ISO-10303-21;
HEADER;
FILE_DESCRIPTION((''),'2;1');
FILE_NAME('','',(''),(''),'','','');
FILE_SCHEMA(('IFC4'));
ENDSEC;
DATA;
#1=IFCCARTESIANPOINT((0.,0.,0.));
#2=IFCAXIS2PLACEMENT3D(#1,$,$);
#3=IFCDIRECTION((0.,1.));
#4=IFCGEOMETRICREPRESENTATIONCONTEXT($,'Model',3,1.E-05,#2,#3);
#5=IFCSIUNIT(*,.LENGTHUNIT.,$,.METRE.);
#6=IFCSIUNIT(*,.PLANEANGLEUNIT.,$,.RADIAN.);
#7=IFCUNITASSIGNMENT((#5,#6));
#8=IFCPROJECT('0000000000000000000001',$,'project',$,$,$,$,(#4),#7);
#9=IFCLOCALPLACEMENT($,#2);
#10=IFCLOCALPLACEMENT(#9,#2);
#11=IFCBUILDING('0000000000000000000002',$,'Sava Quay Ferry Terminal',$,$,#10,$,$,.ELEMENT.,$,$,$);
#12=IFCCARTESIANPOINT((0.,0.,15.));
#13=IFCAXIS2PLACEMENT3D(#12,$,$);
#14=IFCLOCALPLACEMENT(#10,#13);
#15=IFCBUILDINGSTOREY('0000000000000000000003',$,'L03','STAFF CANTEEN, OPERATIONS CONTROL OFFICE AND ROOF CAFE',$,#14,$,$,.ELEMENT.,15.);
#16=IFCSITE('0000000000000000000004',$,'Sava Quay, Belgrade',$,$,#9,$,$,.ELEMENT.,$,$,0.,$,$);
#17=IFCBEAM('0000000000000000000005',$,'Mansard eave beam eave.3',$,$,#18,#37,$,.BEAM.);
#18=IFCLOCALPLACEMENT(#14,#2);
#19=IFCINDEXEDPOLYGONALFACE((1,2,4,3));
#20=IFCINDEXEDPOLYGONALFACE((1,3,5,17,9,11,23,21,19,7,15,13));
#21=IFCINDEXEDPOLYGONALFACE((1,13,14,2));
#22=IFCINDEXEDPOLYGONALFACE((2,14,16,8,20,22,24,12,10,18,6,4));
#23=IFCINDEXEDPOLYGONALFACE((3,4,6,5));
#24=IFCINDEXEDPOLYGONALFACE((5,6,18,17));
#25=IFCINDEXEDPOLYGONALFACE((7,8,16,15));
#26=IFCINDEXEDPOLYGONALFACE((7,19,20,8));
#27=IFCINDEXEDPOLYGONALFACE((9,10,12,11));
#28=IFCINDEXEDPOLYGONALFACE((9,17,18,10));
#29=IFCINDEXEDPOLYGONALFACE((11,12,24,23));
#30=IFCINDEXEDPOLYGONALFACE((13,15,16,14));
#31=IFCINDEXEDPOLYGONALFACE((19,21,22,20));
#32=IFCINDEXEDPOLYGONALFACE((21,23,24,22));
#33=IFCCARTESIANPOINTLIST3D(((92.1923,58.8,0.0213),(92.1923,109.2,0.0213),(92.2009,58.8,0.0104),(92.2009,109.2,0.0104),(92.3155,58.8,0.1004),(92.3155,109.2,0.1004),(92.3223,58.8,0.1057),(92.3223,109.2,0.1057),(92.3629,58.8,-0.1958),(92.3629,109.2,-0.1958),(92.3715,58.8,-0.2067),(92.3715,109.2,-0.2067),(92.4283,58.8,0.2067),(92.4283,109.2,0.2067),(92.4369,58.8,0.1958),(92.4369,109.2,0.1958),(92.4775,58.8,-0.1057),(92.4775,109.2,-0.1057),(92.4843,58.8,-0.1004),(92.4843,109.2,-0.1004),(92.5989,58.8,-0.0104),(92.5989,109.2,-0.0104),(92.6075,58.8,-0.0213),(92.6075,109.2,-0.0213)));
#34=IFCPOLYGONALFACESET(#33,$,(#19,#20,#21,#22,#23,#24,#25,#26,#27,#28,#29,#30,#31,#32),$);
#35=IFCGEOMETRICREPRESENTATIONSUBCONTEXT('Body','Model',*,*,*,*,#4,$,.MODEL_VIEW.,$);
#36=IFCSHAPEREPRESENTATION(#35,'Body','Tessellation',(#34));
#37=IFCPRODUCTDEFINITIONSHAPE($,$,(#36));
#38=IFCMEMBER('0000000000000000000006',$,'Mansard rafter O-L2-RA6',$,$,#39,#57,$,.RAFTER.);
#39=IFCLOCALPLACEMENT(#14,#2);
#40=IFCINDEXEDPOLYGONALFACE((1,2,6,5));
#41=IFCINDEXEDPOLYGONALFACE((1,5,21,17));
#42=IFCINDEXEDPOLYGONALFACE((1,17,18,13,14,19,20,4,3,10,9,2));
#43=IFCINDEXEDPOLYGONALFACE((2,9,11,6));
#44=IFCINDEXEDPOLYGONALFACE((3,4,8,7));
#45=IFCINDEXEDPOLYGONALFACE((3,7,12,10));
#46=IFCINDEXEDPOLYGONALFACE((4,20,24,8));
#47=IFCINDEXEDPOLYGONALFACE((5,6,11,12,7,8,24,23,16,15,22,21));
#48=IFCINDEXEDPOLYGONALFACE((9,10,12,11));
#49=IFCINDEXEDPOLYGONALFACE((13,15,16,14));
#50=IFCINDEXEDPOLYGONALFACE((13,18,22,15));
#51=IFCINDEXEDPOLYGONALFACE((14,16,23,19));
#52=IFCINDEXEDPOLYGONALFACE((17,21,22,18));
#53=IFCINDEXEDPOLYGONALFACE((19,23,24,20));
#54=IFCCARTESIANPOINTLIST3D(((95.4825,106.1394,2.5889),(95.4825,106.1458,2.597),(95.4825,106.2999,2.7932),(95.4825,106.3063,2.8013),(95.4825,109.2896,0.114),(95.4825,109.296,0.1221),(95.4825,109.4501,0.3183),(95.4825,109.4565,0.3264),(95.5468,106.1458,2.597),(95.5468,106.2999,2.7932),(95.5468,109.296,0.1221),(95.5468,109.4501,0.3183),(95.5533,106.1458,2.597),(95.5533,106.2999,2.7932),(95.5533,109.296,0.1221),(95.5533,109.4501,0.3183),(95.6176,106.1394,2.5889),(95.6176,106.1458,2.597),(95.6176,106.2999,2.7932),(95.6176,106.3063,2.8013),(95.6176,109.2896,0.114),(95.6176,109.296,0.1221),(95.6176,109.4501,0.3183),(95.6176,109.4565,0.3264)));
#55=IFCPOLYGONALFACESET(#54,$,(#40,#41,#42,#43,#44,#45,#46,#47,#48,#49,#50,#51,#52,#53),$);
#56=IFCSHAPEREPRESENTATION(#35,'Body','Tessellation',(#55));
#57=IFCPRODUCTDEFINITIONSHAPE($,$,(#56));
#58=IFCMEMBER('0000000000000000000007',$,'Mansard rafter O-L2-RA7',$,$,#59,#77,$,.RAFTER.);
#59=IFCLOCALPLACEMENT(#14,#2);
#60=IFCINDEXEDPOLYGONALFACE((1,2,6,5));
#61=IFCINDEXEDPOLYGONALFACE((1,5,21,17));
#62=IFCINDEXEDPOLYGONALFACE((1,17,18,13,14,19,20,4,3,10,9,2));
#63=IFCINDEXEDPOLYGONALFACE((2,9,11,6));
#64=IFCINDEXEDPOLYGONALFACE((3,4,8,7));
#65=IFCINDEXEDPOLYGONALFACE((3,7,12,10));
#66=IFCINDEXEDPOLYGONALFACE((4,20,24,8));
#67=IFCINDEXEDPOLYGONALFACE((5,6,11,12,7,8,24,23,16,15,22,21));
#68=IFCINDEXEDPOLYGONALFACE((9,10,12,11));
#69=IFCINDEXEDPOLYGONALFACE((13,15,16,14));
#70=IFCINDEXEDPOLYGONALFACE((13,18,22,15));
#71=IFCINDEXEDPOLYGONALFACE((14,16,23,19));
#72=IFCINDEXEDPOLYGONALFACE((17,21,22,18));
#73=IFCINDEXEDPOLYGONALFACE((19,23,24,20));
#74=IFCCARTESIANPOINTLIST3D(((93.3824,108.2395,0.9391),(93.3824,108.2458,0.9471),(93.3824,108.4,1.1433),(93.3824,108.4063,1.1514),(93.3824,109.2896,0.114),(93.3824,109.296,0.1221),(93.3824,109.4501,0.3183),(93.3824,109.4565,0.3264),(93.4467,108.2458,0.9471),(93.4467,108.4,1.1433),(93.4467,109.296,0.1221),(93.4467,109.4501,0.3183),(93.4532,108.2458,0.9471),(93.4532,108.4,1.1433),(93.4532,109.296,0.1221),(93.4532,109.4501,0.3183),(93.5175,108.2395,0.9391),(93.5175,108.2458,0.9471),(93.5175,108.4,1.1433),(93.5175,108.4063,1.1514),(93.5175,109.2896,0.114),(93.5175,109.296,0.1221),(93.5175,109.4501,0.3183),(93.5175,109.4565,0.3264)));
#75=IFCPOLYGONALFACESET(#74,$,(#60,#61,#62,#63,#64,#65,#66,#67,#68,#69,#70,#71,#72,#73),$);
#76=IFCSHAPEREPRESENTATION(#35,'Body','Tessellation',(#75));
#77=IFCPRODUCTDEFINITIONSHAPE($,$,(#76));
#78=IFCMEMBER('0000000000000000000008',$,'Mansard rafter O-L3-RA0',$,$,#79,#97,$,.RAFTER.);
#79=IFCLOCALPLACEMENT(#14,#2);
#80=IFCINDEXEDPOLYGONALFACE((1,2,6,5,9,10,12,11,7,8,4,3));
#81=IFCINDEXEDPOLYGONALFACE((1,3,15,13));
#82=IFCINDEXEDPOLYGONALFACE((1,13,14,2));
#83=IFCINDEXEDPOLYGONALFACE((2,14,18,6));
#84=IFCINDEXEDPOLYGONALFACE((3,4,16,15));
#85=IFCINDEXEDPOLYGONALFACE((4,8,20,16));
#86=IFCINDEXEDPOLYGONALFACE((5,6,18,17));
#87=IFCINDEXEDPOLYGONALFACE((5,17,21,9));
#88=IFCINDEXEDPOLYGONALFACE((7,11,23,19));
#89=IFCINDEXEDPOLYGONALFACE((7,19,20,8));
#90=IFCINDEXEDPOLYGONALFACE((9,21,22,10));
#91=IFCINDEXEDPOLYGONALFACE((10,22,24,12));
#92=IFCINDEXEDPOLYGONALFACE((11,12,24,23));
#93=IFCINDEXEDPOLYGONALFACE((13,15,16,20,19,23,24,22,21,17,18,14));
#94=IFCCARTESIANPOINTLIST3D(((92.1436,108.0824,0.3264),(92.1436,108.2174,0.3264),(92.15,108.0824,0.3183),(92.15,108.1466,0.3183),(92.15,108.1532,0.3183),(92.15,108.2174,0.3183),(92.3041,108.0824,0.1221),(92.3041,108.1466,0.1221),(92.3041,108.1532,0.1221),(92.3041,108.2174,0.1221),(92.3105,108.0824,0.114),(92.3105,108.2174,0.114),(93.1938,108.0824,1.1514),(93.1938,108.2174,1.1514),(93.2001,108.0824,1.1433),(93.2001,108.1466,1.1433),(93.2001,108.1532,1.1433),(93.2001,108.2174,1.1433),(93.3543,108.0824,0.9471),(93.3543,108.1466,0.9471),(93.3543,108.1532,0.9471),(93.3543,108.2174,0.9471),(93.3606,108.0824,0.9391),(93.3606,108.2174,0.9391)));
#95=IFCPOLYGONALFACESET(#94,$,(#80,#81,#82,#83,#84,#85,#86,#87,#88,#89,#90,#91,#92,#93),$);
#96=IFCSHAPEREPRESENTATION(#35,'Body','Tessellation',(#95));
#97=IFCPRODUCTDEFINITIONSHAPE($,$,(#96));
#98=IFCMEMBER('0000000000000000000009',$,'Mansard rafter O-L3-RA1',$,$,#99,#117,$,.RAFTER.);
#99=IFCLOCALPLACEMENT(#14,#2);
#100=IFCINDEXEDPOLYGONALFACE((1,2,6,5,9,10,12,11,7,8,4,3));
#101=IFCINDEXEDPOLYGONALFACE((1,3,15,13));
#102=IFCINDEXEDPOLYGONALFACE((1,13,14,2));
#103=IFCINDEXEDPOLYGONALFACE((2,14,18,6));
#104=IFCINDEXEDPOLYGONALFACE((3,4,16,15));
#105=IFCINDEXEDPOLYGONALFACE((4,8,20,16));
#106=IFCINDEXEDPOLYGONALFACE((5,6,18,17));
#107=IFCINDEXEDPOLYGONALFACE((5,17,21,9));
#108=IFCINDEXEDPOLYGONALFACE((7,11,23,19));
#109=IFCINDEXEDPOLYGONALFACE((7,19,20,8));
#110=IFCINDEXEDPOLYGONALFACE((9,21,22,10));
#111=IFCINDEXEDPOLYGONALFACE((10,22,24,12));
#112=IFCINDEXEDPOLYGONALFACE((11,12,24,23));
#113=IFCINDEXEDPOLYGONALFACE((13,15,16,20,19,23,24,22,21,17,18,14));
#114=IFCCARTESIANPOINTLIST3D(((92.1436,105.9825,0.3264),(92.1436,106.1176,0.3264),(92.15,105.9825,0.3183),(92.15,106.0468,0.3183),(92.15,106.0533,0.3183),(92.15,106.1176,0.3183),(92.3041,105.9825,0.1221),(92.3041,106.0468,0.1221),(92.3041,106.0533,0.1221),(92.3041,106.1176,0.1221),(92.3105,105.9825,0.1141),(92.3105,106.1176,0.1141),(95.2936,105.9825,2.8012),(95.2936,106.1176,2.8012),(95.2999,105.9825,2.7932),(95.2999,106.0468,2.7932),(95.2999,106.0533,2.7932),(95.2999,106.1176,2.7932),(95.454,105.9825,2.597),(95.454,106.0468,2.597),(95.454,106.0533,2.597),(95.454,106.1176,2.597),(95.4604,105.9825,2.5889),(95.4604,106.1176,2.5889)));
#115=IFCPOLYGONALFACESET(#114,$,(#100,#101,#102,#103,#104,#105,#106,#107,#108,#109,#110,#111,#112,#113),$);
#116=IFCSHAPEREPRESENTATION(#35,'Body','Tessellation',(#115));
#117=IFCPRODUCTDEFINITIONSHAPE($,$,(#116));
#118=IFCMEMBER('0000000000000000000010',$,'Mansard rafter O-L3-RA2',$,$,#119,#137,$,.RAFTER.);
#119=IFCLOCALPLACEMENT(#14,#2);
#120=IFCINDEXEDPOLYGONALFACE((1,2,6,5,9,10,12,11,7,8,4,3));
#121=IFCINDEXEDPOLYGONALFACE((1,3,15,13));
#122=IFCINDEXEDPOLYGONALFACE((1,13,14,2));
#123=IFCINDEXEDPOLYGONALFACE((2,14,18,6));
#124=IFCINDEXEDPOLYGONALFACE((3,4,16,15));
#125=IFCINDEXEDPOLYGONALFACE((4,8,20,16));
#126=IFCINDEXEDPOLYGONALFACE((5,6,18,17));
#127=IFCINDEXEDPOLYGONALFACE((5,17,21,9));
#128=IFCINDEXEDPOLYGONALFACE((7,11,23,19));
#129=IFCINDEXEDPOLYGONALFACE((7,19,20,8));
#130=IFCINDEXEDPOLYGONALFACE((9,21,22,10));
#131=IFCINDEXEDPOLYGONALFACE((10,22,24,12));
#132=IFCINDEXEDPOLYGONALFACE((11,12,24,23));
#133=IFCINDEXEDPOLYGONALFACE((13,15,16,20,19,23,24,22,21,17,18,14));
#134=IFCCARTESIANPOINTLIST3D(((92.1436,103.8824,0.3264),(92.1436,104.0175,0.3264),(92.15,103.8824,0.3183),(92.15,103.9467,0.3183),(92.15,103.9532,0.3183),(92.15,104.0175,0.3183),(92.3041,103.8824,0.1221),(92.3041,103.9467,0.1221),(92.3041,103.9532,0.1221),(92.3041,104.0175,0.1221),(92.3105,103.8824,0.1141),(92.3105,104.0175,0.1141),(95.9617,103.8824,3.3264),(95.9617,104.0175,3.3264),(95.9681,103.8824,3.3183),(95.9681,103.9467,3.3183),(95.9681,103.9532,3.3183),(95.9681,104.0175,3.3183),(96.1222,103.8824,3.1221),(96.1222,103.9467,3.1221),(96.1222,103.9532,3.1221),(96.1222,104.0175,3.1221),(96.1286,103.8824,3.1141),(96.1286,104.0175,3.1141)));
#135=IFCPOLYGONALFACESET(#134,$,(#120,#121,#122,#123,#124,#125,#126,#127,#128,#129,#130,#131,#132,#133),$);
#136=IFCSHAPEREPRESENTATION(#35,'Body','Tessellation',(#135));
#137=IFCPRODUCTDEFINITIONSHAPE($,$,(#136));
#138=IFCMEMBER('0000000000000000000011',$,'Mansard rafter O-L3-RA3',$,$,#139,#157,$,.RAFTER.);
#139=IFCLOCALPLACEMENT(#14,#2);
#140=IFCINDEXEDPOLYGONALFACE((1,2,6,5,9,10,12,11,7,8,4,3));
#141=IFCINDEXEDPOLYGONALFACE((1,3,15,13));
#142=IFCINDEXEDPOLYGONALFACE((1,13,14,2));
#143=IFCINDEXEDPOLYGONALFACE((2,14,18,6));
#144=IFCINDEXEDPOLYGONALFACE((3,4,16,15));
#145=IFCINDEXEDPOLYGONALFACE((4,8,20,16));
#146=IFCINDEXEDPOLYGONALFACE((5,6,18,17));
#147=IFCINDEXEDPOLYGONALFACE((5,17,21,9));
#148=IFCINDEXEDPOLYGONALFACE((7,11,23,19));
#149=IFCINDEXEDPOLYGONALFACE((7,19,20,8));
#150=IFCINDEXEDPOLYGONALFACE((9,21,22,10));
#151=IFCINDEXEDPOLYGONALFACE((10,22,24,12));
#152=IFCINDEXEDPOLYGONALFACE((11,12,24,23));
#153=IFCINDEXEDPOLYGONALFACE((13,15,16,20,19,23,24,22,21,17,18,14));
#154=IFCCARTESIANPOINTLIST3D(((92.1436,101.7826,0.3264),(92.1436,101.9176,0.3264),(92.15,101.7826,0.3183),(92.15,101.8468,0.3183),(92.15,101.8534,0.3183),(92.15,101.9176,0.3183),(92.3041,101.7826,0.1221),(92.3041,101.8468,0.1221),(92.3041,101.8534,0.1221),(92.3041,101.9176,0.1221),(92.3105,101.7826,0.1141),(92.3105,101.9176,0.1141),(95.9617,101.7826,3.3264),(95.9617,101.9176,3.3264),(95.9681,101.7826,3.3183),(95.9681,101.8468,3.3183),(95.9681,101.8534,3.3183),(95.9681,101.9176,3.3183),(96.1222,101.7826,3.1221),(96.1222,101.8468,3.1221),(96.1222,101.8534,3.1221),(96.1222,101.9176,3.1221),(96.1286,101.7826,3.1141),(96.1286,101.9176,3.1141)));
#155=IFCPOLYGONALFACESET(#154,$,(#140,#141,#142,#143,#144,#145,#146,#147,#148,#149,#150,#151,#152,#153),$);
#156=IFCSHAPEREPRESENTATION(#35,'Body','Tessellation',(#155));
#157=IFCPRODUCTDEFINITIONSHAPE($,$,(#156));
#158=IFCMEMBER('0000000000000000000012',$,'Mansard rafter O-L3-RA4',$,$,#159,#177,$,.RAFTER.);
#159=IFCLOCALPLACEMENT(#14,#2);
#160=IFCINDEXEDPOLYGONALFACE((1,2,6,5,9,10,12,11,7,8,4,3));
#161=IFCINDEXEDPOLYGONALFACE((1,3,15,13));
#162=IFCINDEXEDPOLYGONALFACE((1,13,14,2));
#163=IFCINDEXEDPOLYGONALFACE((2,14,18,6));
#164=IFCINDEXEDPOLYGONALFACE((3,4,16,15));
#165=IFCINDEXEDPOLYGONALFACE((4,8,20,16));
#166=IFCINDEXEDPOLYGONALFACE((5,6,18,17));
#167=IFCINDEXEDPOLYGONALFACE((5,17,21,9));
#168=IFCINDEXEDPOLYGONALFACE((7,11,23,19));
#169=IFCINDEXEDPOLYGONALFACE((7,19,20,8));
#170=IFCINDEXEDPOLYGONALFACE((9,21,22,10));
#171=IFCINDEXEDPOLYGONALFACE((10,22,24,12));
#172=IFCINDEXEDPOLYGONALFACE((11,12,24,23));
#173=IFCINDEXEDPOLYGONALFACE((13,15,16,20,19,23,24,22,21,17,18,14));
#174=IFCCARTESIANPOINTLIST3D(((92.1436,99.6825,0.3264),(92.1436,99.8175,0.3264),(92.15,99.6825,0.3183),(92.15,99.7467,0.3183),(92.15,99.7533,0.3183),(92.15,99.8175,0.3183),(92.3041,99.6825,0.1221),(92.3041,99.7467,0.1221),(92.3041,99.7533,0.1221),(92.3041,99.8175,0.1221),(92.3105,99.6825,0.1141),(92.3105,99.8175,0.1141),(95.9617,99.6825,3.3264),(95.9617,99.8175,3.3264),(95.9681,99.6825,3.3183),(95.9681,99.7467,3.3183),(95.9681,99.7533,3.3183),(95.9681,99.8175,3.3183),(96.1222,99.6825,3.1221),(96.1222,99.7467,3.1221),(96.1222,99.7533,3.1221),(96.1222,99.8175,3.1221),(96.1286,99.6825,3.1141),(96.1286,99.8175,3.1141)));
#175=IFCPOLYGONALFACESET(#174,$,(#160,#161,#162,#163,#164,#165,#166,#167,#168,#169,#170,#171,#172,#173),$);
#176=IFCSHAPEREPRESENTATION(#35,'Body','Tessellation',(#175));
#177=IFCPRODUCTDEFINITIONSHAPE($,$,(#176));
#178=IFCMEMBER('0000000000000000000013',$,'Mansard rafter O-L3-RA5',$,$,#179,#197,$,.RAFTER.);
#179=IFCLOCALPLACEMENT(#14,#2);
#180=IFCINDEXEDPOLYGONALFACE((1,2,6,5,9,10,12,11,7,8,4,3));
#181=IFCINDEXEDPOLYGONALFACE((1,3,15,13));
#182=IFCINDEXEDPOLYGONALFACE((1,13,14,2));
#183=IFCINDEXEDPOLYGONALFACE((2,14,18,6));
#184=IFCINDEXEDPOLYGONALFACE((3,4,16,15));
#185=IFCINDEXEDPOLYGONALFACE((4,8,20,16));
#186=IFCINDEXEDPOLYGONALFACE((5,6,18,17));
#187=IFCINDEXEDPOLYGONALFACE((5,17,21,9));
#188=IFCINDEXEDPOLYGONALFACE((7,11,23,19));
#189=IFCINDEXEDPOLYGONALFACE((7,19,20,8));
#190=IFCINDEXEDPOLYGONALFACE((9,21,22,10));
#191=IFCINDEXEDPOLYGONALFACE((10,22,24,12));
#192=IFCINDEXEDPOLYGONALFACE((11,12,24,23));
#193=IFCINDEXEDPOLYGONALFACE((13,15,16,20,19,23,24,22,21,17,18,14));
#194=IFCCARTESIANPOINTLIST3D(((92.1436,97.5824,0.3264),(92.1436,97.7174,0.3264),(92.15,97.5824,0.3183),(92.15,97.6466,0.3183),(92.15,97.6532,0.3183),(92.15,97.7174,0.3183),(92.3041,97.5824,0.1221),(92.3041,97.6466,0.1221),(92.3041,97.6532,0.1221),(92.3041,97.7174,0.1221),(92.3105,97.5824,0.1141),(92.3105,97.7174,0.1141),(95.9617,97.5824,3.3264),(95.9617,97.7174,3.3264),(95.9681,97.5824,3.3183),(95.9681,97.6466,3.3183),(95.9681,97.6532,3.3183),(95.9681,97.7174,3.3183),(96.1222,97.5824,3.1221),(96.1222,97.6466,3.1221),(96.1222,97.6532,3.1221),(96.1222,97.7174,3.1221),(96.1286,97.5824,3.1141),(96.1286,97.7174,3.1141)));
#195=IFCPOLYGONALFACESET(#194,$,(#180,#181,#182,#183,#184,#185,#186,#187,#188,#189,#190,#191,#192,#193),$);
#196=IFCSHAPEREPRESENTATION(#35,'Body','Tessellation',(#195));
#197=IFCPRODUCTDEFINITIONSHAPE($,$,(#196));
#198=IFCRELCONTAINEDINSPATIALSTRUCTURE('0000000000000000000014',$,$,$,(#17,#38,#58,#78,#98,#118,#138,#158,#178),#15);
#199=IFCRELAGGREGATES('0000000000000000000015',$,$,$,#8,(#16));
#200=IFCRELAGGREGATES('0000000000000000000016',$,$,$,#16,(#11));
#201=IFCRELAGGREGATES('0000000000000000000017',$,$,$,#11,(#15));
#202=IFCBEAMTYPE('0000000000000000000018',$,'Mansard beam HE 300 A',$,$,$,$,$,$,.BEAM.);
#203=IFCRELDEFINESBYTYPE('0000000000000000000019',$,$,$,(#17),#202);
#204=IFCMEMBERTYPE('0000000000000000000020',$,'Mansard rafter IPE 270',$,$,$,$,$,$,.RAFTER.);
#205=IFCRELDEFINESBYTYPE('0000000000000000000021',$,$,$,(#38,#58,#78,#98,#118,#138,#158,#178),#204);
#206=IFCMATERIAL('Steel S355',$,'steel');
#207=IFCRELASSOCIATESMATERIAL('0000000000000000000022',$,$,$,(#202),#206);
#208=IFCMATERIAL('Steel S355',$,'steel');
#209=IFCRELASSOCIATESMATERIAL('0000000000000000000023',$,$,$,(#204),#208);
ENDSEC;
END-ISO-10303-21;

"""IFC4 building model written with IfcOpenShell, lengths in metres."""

from ifc_helpers import new_model, si_unit, direction, frame, origin, origin_2d, place, context, subcontext, project, spatial, i_section, extrude, material, material_profile, profile_set, type_object, element, save


model = new_model("IFC4")

# Units and contexts
model_context = context("Model", 3, precision=1e-05, world=origin(), true_north=direction((0.0, 1.0)))
body_context = subcontext(model_context, "Body", "Model", "MODEL_VIEW")
ifc_project = project(units=[si_unit("LENGTHUNIT", "METRE"), si_unit("PLANEANGLEUNIT", "RADIAN")], contexts=[model_context])

# Site, building, storey
site_placement = place(None, origin())
site = spatial("IfcSite", under=ifc_project, at=site_placement, Name="Sava Quay, Belgrade", CompositionType="ELEMENT", RefElevation=0.0)
building_placement = place(site_placement, origin())
building = spatial("IfcBuilding", under=site, at=building_placement, Name="Sava Quay Ferry Terminal", CompositionType="ELEMENT")
storey_placement = place(building_placement, frame((0.0, 0.0, 15.0)))
storey = spatial("IfcBuildingStorey", under=building, at=storey_placement, Name="L03", Description="STAFF CANTEEN, OPERATIONS CONTROL OFFICE AND ROOF CAFE", CompositionType="ELEMENT", Elevation=15.0)

# Beam
ifc_material_1 = material(Name="Steel S355", Category="steel")
ifc_material_profile_1 = material_profile(ifc_material_1, i_section(OverallWidth=0.3, OverallDepth=0.29, WebThickness=0.0085, FlangeThickness=0.0139, at=origin_2d()), Name="HE 300 A")
ifc_profile_set_1 = profile_set([ifc_material_profile_1], Name="Steel S355")
beam_type_1 = type_object("IfcBeamType", Name="Mansard beam HE 300 A", PredefinedType="BEAM", material=ifc_profile_set_1)
beam_1_placement = place(storey_placement, frame((92.3999, 109.2, 0.0), z_axis=(0.0, -1.0, 0.0), x_axis=(0.786318, 0.0, 0.617822)))
element("IfcBeam", 1, at=beam_1_placement, inside=storey, type_object=beam_type_1, Name="Mansard eave beam eave.3", PredefinedType="BEAM", context=body_context, shape_type="SweptSolid", body=[
    extrude(i_section(OverallWidth=0.3, OverallDepth=0.29, WebThickness=0.0085, FlangeThickness=0.0139, at=origin_2d()), origin(), (0.0, 0.0, 1.0), 50.3999),
])

# Members
ifc_material_2 = material(Name="Steel S355", Category="steel")
ifc_material_profile_2 = material_profile(ifc_material_2, i_section(OverallWidth=0.135, OverallDepth=0.27, WebThickness=0.0066, FlangeThickness=0.0103, at=origin_2d()), Name="IPE 270")
ifc_profile_set_2 = profile_set([ifc_material_profile_2], Name="Steel S355")
member_type = type_object("IfcMemberType", Name="Mansard rafter IPE 270", PredefinedType="RAFTER", material=ifc_profile_set_2)
member_1_placement = place(storey_placement, frame((95.55, 109.373, 0.2202), z_axis=(0.0, -0.78635, 0.617781), x_axis=(1.0, 0.0, 0.0)))
element("IfcMember", 2, at=member_1_placement, inside=storey, type_object=member_type, Name="Mansard rafter O-L2-RA6", PredefinedType="RAFTER", context=body_context, shape_type="SweptSolid", body=[
    extrude(i_section(OverallWidth=0.135, OverallDepth=0.27, WebThickness=0.0066, FlangeThickness=0.0103, at=origin_2d()), origin(), (0.0, 0.0, 1.0), 4.0061),
])
for number, where, z_axis, x_axis, name in (
    (3, (93.45, 109.373, 0.2202), (0.0, -0.78635, 0.617781), (1.0, 0.0, 0.0), "Mansard rafter O-L2-RA7"),
    (4, (92.2271, 108.1499, 0.2202), (0.78635, 0.0, 0.617781), (0.0, 1.0, 0.0), "Mansard rafter O-L3-RA0"),
):
    element("IfcMember", number, at=place(storey_placement, frame(where, z_axis=z_axis, x_axis=x_axis)), inside=storey, type_object=member_type, Name=name, PredefinedType="RAFTER", context=body_context, shape_type="SweptSolid", body=[
        extrude(i_section(OverallWidth=0.135, OverallDepth=0.27, WebThickness=0.0066, FlangeThickness=0.0103, at=origin_2d()), origin(), (0.0, 0.0, 1.0), 1.3354),
    ])
member_2_placement = place(storey_placement, frame((92.2271, 106.05, 0.2202), z_axis=(0.786327, 0.0, 0.617811), x_axis=(0.0, 1.0, 0.0)))
element("IfcMember", 5, at=member_2_placement, inside=storey, type_object=member_type, Name="Mansard rafter O-L3-RA1", PredefinedType="RAFTER", context=body_context, shape_type="SweptSolid", body=[
    extrude(i_section(OverallWidth=0.135, OverallDepth=0.27, WebThickness=0.0066, FlangeThickness=0.0103, at=origin_2d()), origin(), (0.0, 0.0, 1.0), 4.0059),
])
for number, where, z_axis, x_axis, name in (
    (6, (92.2271, 103.95, 0.2202), (0.786313, 0.0, 0.617828), (0.0, 1.0, 0.0), "Mansard rafter O-L3-RA2"),
    (7, (92.2271, 101.8501, 0.2202), (0.786313, 0.0, 0.617828), (0.0, 1.0, 0.0), "Mansard rafter O-L3-RA3"),
    (8, (92.2271, 99.75, 0.2202), (0.786313, 0.0, 0.617828), (0.0, 1.0, 0.0), "Mansard rafter O-L3-RA4"),
    (9, (92.2271, 97.6499, 0.2202), (0.786313, 0.0, 0.617828), (0.0, 1.0, 0.0), "Mansard rafter O-L3-RA5"),
):
    element("IfcMember", number, at=place(storey_placement, frame(where, z_axis=z_axis, x_axis=x_axis)), inside=storey, type_object=member_type, Name=name, PredefinedType="RAFTER", context=body_context, shape_type="SweptSolid", body=[
        extrude(i_section(OverallWidth=0.135, OverallDepth=0.27, WebThickness=0.0066, FlangeThickness=0.0103, at=origin_2d()), origin(), (0.0, 0.0, 1.0), 4.8557),
    ])

save(model, "model.ifc")
